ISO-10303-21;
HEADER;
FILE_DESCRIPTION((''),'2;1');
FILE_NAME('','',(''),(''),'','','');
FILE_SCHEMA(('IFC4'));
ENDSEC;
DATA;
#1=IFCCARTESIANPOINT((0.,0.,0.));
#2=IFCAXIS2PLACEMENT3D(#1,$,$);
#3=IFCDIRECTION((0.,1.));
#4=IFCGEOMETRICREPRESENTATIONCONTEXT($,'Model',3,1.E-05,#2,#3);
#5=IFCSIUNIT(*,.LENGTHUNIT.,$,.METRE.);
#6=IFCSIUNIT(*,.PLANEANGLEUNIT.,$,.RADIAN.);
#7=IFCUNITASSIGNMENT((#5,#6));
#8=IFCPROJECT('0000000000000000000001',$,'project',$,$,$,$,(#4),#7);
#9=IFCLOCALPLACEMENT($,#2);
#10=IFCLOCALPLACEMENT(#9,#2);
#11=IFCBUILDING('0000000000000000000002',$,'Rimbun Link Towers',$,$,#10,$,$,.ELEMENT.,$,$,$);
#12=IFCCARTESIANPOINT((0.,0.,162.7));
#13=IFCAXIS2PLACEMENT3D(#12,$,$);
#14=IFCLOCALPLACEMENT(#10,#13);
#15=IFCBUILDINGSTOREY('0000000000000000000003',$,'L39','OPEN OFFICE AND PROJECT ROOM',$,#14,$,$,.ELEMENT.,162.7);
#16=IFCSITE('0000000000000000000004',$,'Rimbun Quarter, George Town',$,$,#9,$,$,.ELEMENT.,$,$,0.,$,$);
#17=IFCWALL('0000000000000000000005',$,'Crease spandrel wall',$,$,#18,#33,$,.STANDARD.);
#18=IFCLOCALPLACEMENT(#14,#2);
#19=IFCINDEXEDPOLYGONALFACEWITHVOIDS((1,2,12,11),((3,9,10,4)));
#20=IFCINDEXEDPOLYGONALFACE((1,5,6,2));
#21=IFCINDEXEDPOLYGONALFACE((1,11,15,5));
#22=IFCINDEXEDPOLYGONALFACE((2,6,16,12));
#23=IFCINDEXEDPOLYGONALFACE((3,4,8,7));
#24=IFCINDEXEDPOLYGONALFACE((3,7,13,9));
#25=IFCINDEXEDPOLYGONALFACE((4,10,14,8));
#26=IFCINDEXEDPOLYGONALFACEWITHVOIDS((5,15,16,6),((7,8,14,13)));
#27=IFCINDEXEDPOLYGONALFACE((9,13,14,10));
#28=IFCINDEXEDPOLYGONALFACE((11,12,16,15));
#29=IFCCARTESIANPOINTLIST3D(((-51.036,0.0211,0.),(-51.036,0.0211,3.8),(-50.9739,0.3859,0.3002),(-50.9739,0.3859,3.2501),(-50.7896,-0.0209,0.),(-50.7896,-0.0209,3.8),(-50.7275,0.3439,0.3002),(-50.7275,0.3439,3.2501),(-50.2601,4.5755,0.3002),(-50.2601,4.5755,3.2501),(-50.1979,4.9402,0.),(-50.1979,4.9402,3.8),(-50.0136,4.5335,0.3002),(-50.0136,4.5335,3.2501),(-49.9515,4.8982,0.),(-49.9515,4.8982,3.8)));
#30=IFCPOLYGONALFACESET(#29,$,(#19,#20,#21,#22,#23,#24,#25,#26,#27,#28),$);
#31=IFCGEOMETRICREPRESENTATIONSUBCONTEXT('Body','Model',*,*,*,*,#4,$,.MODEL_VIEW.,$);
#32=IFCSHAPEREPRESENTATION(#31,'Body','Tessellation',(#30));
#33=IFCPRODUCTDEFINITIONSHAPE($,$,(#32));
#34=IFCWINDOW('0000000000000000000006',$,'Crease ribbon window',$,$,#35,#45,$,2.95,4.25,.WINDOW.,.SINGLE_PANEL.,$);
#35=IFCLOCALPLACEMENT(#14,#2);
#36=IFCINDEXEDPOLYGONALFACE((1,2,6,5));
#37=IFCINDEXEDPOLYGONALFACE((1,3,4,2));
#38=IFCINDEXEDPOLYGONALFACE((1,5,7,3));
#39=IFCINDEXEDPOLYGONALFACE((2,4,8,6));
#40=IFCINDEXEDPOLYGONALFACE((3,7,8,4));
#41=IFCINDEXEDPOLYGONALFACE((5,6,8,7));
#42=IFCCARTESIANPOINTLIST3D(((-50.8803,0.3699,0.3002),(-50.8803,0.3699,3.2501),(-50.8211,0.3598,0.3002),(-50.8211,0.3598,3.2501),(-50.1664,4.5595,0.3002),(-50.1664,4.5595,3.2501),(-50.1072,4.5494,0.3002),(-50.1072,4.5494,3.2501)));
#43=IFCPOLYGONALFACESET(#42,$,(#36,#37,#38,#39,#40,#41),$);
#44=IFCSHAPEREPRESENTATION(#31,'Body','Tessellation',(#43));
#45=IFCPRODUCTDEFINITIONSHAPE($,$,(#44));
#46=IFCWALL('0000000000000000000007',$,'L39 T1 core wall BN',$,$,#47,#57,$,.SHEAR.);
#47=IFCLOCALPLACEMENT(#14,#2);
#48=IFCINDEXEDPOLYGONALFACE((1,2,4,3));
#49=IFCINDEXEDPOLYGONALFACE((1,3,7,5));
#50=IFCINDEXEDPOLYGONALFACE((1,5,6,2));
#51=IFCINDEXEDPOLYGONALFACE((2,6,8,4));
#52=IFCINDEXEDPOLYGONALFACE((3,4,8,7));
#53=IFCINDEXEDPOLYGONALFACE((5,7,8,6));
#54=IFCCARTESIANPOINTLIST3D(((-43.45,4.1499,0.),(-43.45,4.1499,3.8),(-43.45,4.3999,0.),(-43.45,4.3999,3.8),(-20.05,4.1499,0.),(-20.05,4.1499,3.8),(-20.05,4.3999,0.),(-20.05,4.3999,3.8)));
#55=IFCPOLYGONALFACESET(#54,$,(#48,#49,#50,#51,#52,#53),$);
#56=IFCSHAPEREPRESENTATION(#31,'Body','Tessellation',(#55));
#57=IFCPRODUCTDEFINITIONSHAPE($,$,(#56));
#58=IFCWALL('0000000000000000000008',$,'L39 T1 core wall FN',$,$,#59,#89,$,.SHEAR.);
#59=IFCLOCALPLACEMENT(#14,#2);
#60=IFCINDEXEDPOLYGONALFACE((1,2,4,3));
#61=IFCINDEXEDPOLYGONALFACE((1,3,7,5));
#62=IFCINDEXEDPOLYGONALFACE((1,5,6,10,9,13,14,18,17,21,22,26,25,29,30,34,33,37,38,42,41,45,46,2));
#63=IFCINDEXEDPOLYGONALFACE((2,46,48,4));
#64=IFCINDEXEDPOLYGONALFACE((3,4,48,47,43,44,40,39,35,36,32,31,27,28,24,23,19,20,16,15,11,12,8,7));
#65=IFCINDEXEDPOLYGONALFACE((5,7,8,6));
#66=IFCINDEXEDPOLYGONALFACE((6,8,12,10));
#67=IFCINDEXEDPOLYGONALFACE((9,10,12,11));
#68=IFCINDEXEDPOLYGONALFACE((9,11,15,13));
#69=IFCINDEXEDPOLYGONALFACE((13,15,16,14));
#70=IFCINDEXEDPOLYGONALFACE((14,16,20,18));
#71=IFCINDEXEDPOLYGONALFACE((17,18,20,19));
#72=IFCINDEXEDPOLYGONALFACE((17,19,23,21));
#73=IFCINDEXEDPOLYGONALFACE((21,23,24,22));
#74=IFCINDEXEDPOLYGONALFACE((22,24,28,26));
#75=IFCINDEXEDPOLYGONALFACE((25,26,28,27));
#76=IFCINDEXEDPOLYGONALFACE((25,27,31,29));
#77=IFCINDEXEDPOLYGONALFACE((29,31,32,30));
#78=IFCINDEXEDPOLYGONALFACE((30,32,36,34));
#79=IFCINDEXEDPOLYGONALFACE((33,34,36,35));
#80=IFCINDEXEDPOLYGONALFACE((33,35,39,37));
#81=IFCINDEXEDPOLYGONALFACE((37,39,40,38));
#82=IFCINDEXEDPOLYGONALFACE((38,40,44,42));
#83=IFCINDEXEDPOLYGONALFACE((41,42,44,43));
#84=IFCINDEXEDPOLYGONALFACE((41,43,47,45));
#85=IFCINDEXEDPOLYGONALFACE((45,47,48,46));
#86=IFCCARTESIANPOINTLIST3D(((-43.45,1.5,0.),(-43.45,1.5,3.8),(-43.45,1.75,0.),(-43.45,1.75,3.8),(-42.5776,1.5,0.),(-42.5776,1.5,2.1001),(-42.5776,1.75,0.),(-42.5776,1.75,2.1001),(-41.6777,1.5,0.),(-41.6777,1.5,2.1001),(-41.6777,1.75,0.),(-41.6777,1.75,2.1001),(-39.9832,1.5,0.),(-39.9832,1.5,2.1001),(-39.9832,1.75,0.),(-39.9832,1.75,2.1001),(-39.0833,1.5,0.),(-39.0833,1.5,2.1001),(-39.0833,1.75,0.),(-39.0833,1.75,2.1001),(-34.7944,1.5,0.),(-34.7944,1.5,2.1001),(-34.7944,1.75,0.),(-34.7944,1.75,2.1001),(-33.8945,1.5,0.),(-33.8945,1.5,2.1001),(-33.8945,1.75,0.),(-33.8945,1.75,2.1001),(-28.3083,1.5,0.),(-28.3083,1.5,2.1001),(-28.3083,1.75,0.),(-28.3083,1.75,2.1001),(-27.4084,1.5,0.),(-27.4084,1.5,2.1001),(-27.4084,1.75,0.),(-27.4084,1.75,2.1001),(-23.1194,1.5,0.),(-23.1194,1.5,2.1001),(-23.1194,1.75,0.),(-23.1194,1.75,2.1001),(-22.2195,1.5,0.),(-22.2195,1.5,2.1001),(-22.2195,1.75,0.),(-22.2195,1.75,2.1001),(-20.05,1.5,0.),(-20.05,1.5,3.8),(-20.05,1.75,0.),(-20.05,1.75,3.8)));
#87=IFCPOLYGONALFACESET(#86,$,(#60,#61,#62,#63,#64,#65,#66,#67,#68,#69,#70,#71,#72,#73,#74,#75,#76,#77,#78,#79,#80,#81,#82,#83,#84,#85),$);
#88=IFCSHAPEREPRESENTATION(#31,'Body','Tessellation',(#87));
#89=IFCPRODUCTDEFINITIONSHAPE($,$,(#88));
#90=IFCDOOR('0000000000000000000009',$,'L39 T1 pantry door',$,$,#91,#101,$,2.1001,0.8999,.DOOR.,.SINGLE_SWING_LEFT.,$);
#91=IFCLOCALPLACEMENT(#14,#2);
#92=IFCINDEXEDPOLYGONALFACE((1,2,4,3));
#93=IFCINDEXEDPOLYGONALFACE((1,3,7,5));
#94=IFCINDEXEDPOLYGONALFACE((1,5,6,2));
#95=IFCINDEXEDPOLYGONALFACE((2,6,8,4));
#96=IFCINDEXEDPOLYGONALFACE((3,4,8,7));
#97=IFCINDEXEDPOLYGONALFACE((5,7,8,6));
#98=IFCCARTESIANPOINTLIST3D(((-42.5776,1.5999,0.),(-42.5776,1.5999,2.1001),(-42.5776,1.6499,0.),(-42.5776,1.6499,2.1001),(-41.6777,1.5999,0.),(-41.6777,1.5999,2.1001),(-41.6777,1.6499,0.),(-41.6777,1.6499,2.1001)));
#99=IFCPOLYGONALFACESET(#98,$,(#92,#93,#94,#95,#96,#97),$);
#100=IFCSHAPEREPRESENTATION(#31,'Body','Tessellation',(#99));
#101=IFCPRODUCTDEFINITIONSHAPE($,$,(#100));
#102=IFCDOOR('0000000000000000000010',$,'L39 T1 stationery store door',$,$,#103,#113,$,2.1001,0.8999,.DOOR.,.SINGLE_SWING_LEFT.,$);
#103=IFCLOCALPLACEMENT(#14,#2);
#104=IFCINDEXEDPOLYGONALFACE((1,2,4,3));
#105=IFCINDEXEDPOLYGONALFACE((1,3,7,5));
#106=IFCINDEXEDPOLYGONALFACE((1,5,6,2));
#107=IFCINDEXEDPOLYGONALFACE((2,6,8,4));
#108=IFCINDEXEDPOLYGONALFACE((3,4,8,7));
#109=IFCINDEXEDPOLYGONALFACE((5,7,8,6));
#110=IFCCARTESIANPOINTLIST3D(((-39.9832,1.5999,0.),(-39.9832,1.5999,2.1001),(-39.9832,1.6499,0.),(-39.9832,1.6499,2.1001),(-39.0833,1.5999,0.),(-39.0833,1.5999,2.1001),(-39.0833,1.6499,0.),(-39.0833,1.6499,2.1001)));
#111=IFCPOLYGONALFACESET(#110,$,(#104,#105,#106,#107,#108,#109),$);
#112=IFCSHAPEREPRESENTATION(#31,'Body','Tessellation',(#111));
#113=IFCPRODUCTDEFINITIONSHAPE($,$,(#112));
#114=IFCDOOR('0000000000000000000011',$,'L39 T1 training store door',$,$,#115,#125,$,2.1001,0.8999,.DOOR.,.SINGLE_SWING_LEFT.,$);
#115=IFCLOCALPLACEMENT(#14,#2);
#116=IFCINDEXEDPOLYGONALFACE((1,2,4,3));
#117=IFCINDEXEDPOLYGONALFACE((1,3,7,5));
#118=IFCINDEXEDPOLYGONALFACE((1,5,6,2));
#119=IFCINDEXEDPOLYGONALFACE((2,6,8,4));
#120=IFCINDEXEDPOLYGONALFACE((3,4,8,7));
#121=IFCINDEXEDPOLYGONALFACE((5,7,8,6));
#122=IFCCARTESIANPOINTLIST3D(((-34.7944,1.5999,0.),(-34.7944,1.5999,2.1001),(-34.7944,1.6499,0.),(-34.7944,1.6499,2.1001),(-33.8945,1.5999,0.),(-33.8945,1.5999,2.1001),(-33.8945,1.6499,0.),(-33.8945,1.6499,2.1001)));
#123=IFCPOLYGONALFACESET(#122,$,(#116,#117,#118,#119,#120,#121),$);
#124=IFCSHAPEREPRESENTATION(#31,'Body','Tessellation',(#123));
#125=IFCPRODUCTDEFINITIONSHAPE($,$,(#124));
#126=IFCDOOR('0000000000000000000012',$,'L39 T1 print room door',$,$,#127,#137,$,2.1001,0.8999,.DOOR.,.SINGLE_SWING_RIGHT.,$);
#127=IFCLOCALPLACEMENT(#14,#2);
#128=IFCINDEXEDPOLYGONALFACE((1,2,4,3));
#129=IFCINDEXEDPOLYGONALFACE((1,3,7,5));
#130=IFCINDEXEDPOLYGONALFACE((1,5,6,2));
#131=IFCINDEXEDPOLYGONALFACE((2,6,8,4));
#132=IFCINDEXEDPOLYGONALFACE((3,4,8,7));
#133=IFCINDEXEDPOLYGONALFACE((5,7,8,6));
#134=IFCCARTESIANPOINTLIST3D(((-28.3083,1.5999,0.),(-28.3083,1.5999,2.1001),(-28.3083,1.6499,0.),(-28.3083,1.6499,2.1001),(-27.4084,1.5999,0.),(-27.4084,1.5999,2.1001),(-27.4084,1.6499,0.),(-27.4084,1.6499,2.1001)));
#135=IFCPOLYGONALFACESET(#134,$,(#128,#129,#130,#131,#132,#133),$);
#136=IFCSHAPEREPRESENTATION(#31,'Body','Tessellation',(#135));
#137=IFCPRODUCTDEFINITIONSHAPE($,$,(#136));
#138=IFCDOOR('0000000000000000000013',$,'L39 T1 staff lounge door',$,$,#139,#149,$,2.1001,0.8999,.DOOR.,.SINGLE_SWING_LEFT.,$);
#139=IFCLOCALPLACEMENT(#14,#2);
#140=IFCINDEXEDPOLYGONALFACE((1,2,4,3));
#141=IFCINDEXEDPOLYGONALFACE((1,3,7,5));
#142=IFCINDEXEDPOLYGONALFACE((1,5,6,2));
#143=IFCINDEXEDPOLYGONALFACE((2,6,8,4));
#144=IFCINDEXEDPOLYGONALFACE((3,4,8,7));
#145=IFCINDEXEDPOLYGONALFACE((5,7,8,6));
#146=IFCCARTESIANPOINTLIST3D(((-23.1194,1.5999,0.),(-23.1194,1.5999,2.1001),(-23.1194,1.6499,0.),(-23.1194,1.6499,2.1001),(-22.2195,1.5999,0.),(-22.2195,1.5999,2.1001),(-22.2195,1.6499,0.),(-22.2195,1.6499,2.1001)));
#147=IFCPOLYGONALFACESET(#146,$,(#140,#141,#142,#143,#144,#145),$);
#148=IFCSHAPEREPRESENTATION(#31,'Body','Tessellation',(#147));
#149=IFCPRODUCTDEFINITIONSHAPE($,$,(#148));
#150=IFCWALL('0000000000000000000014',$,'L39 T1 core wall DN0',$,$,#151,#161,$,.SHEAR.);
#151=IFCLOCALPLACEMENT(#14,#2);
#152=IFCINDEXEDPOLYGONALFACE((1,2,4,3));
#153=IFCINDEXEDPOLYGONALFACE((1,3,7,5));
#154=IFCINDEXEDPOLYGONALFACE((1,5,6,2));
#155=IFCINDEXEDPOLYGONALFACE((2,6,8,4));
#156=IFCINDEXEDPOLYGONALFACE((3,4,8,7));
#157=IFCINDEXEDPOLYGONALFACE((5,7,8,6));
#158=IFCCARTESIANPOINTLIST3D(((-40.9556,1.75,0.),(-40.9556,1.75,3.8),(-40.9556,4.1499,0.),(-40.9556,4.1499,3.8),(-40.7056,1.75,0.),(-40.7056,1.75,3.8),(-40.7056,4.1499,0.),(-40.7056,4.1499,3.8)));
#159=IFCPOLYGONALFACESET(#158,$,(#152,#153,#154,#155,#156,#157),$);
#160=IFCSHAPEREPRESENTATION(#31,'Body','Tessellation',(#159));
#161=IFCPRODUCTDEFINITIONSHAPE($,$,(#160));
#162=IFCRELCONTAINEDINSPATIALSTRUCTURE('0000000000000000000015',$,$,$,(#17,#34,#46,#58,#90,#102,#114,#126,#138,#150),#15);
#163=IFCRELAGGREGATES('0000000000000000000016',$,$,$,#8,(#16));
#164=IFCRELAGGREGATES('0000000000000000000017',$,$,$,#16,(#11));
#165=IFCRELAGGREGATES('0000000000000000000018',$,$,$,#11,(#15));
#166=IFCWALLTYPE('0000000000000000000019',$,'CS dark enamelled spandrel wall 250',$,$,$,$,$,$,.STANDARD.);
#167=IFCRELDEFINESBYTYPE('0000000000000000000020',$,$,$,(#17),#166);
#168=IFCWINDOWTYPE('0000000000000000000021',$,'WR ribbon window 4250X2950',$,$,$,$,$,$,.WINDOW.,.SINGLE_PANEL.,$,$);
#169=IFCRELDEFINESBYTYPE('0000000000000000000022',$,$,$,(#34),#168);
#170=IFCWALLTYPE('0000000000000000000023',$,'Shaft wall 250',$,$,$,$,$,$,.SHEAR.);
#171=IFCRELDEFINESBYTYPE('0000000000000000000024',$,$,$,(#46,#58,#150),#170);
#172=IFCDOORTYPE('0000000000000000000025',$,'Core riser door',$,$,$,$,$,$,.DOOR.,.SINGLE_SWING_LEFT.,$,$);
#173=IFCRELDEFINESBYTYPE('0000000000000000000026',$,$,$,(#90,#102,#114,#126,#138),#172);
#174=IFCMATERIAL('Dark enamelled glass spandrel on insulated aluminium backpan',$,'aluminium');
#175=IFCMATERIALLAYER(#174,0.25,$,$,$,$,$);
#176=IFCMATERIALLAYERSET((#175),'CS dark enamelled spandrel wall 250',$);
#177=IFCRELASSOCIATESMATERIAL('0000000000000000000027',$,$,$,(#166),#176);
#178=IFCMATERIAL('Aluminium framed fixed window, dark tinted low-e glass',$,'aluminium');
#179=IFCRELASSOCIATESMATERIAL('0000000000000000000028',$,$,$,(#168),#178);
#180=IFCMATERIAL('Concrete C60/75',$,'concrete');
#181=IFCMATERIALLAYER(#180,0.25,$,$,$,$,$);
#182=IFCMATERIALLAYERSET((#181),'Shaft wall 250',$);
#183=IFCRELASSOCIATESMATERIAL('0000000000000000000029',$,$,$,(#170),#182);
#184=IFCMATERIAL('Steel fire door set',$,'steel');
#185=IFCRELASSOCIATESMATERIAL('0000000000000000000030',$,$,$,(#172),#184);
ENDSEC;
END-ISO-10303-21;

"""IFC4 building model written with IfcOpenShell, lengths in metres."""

from ifc_helpers import new_model, si_unit, direction, frame, frame_2d, origin, place, context, subcontext, project, spatial, rectangle, extrude, material, layer, layer_set, type_object, element, fill, save


model = new_model("IFC4")

# Units and contexts
model_context = context("Model", 3, precision=1e-05, world=origin(), true_north=direction((0.0, 1.0)))
body_context = subcontext(model_context, "Body", "Model", "MODEL_VIEW")
ifc_project = project(units=[si_unit("LENGTHUNIT", "METRE"), si_unit("PLANEANGLEUNIT", "RADIAN")], contexts=[model_context])

# Site, building, storey
site_placement = place(None, origin())
site = spatial("IfcSite", under=ifc_project, at=site_placement, Name="Rimbun Quarter, George Town", CompositionType="ELEMENT", RefElevation=0.0)
building_placement = place(site_placement, origin())
building = spatial("IfcBuilding", under=site, at=building_placement, Name="Rimbun Link Towers", CompositionType="ELEMENT")
storey_placement = place(building_placement, frame((0.0, 0.0, 162.7)))
storey = spatial("IfcBuildingStorey", under=building, at=storey_placement, Name="L39", Description="OPEN OFFICE AND PROJECT ROOM", CompositionType="ELEMENT", Elevation=162.7)

# Wall, opening, window
ifc_material_1 = material(Name="Dark enamelled glass spandrel on insulated aluminium backpan", Category="aluminium")
ifc_layer_1 = layer(ifc_material_1, 0.25)
ifc_layer_set_1 = layer_set([ifc_layer_1], Name="CS dark enamelled spandrel wall 250")
wall_type_1 = type_object("IfcWallType", Name="CS dark enamelled spandrel wall 250", PredefinedType="STANDARD", material=ifc_layer_set_1)
ifc_material_2 = material(Name="Aluminium framed fixed window, dark tinted low-e glass", Category="aluminium")
window_type = type_object("IfcWindowType", Name="WR ribbon window 4250X2950", PartitioningType="SINGLE_PANEL", PredefinedType="WINDOW", material=ifc_material_2)
wall_1_placement = place(storey_placement, frame((-50.9128, 0.0, 0.0), z_axis=(0.0, 0.0, 1.0), x_axis=(0.16796, 0.985794, 0.0)))
wall_1 = element("IfcWall", 1, at=wall_1_placement, inside=storey, type_object=wall_type_1, Name="Crease spandrel wall", PredefinedType="STANDARD", context=body_context, shape_type="SweptSolid", body=[
    extrude(rectangle(XDim=4.99, YDim=0.25, at=frame_2d((2.4951, 0.0))), origin(), (0.0, 0.0, 1.0), 3.8),
])
opening_1_placement = place(wall_1_placement, frame((0.3701, 0.0, 0.3)))
opening_1 = element("IfcOpeningElement", 2, at=opening_1_placement, cuts=wall_1, PredefinedType="OPENING", context=body_context, shape_type="SweptSolid", body=[
    extrude(rectangle(XDim=4.25, YDim=2.95, at=frame_2d((2.125, 1.4751))), frame((0.0, 0.135, 0.0), z_axis=(0.0, -1.0, 0.0), x_axis=(1.0, 0.0, 0.0)), (0.0, 0.0, 1.0), 0.27),
])
window_1_placement = place(opening_1_placement, origin())
window_1 = element("IfcWindow", 3, at=window_1_placement, inside=storey, type_object=window_type, Name="Crease ribbon window", OverallHeight=2.95, OverallWidth=4.25, PartitioningType="SINGLE_PANEL", PredefinedType="WINDOW", context=body_context, shape_type="SweptSolid", body=[
    extrude(rectangle(XDim=4.25, YDim=2.95, at=frame_2d((2.125, 1.4751))), frame((0.0, 0.03, 0.0), z_axis=(0.0, -1.0, 0.0), x_axis=(1.0, 0.0, 0.0)), (0.0, 0.0, 1.0), 0.0601),
])
fill(opening_1, window_1)

# Wall
ifc_material_3 = material(Name="Concrete C60/75", Category="concrete")
ifc_layer_2 = layer(ifc_material_3, 0.25)
ifc_layer_set_2 = layer_set([ifc_layer_2], Name="Shaft wall 250")
wall_type_2 = type_object("IfcWallType", Name="Shaft wall 250", PredefinedType="SHEAR", material=ifc_layer_set_2)
wall_2_placement = place(storey_placement, frame((-43.45, 4.2749, 0.0), z_axis=(0.0, 0.0, 1.0), x_axis=(1.0, 0.0, 0.0)))
element("IfcWall", 4, at=wall_2_placement, inside=storey, type_object=wall_type_2, Name="L39 T1 core wall BN", PredefinedType="SHEAR", context=body_context, shape_type="SweptSolid", body=[
    extrude(rectangle(XDim=23.3999, YDim=0.25, at=frame_2d((11.7, 0.0))), origin(), (0.0, 0.0, 1.0), 3.8),
])

# Wall, openings, doors
wall_3_placement = place(storey_placement, frame((-43.45, 1.625, 0.0), z_axis=(0.0, 0.0, 1.0), x_axis=(1.0, 0.0, 0.0)))
wall_3 = element("IfcWall", 5, at=wall_3_placement, inside=storey, type_object=wall_type_2, Name="L39 T1 core wall FN", PredefinedType="SHEAR", context=body_context, shape_type="SweptSolid", body=[
    extrude(rectangle(XDim=23.3999, YDim=0.25, at=frame_2d((11.7, 0.0))), origin(), (0.0, 0.0, 1.0), 3.8),
])
opening_2_placement = place(wall_3_placement, frame((0.8723, 0.0, 0.0)))
opening_2 = element("IfcOpeningElement", 6, at=opening_2_placement, cuts=wall_3, PredefinedType="OPENING", context=body_context, shape_type="SweptSolid", body=[
    extrude(rectangle(XDim=0.8999, YDim=2.1001, at=frame_2d((0.45, 1.05))), frame((0.0, 0.135, 0.0), z_axis=(0.0, -1.0, 0.0), x_axis=(1.0, 0.0, 0.0)), (0.0, 0.0, 1.0), 0.27),
])
opening_3_placement = place(wall_3_placement, frame((3.4668, 0.0, 0.0)))
opening_3 = element("IfcOpeningElement", 7, at=opening_3_placement, cuts=wall_3, PredefinedType="OPENING", context=body_context, shape_type="SweptSolid", body=[
    extrude(rectangle(XDim=0.8999, YDim=2.1001, at=frame_2d((0.45, 1.05))), frame((0.0, 0.135, 0.0), z_axis=(0.0, -1.0, 0.0), x_axis=(1.0, 0.0, 0.0)), (0.0, 0.0, 1.0), 0.27),
])
opening_4_placement = place(wall_3_placement, frame((8.6555, 0.0, 0.0)))
opening_4 = element("IfcOpeningElement", 8, at=opening_4_placement, cuts=wall_3, PredefinedType="OPENING", context=body_context, shape_type="SweptSolid", body=[
    extrude(rectangle(XDim=0.8999, YDim=2.1001, at=frame_2d((0.45, 1.05))), frame((0.0, 0.135, 0.0), z_axis=(0.0, -1.0, 0.0), x_axis=(1.0, 0.0, 0.0)), (0.0, 0.0, 1.0), 0.27),
])
opening_5_placement = place(wall_3_placement, frame((15.1416, 0.0, 0.0)))
opening_5 = element("IfcOpeningElement", 9, at=opening_5_placement, cuts=wall_3, PredefinedType="OPENING", context=body_context, shape_type="SweptSolid", body=[
    extrude(rectangle(XDim=0.8999, YDim=2.1001, at=frame_2d((0.45, 1.05))), frame((0.0, 0.135, 0.0), z_axis=(0.0, -1.0, 0.0), x_axis=(1.0, 0.0, 0.0)), (0.0, 0.0, 1.0), 0.27),
])
opening_6_placement = place(wall_3_placement, frame((20.3306, 0.0, 0.0)))
opening_6 = element("IfcOpeningElement", 10, at=opening_6_placement, cuts=wall_3, PredefinedType="OPENING", context=body_context, shape_type="SweptSolid", body=[
    extrude(rectangle(XDim=0.8999, YDim=2.1001, at=frame_2d((0.45, 1.05))), frame((0.0, 0.135, 0.0), z_axis=(0.0, -1.0, 0.0), x_axis=(1.0, 0.0, 0.0)), (0.0, 0.0, 1.0), 0.27),
])
ifc_material_4 = material(Name="Steel fire door set", Category="steel")
door_type = type_object("IfcDoorType", Name="Core riser door", OperationType="SINGLE_SWING_LEFT", PredefinedType="DOOR", material=ifc_material_4)
door_1_placement = place(opening_2_placement, origin())
door_1 = element("IfcDoor", 11, at=door_1_placement, inside=storey, type_object=door_type, Name="L39 T1 pantry door", OperationType="SINGLE_SWING_LEFT", OverallHeight=2.1001, OverallWidth=0.8999, PredefinedType="DOOR", context=body_context, shape_type="SweptSolid", body=[
    extrude(rectangle(XDim=0.8999, YDim=2.1001, at=frame_2d((0.45, 1.05))), frame((0.0, 0.0249, 0.0), z_axis=(0.0, -1.0, 0.0), x_axis=(1.0, 0.0, 0.0)), (0.0, 0.0, 1.0), 0.05),
])
fill(opening_2, door_1)
door_2_placement = place(opening_3_placement, origin())
door_2 = element("IfcDoor", 12, at=door_2_placement, inside=storey, type_object=door_type, Name="L39 T1 stationery store door", OperationType="SINGLE_SWING_LEFT", OverallHeight=2.1001, OverallWidth=0.8999, PredefinedType="DOOR", context=body_context, shape_type="SweptSolid", body=[
    extrude(rectangle(XDim=0.8999, YDim=2.1001, at=frame_2d((0.45, 1.05))), frame((0.0, 0.0249, 0.0), z_axis=(0.0, -1.0, 0.0), x_axis=(1.0, 0.0, 0.0)), (0.0, 0.0, 1.0), 0.05),
])
fill(opening_3, door_2)
door_3_placement = place(opening_4_placement, origin())
door_3 = element("IfcDoor", 13, at=door_3_placement, inside=storey, type_object=door_type, Name="L39 T1 training store door", OperationType="SINGLE_SWING_LEFT", OverallHeight=2.1001, OverallWidth=0.8999, PredefinedType="DOOR", context=body_context, shape_type="SweptSolid", body=[
    extrude(rectangle(XDim=0.8999, YDim=2.1001, at=frame_2d((0.45, 1.05))), frame((0.0, 0.0249, 0.0), z_axis=(0.0, -1.0, 0.0), x_axis=(1.0, 0.0, 0.0)), (0.0, 0.0, 1.0), 0.05),
])
fill(opening_4, door_3)
door_4_placement = place(opening_5_placement, origin())
door_4 = element("IfcDoor", 14, at=door_4_placement, inside=storey, type_object=door_type, Name="L39 T1 print room door", OperationType="SINGLE_SWING_RIGHT", OverallHeight=2.1001, OverallWidth=0.8999, PredefinedType="DOOR", context=body_context, shape_type="SweptSolid", body=[
    extrude(rectangle(XDim=0.8999, YDim=2.1001, at=frame_2d((0.45, 1.05))), frame((0.0, 0.0249, 0.0), z_axis=(0.0, -1.0, 0.0), x_axis=(1.0, 0.0, 0.0)), (0.0, 0.0, 1.0), 0.05),
])
fill(opening_5, door_4)
door_5_placement = place(opening_6_placement, origin())
door_5 = element("IfcDoor", 15, at=door_5_placement, inside=storey, type_object=door_type, Name="L39 T1 staff lounge door", OperationType="SINGLE_SWING_LEFT", OverallHeight=2.1001, OverallWidth=0.8999, PredefinedType="DOOR", context=body_context, shape_type="SweptSolid", body=[
    extrude(rectangle(XDim=0.8999, YDim=2.1001, at=frame_2d((0.45, 1.05))), frame((0.0, 0.0249, 0.0), z_axis=(0.0, -1.0, 0.0), x_axis=(1.0, 0.0, 0.0)), (0.0, 0.0, 1.0), 0.05),
])
fill(opening_6, door_5)

# Wall
wall_4_placement = place(storey_placement, frame((-40.8306, 1.75, 0.0), z_axis=(0.0, 0.0, 1.0), x_axis=(0.0, 1.0, 0.0)))
element("IfcWall", 16, at=wall_4_placement, inside=storey, type_object=wall_type_2, Name="L39 T1 core wall DN0", PredefinedType="SHEAR", context=body_context, shape_type="SweptSolid", body=[
    extrude(rectangle(XDim=2.3999, YDim=0.25, at=frame_2d((1.2, 0.0))), origin(), (0.0, 0.0, 1.0), 3.8),
])

save(model, "model.ifc")
